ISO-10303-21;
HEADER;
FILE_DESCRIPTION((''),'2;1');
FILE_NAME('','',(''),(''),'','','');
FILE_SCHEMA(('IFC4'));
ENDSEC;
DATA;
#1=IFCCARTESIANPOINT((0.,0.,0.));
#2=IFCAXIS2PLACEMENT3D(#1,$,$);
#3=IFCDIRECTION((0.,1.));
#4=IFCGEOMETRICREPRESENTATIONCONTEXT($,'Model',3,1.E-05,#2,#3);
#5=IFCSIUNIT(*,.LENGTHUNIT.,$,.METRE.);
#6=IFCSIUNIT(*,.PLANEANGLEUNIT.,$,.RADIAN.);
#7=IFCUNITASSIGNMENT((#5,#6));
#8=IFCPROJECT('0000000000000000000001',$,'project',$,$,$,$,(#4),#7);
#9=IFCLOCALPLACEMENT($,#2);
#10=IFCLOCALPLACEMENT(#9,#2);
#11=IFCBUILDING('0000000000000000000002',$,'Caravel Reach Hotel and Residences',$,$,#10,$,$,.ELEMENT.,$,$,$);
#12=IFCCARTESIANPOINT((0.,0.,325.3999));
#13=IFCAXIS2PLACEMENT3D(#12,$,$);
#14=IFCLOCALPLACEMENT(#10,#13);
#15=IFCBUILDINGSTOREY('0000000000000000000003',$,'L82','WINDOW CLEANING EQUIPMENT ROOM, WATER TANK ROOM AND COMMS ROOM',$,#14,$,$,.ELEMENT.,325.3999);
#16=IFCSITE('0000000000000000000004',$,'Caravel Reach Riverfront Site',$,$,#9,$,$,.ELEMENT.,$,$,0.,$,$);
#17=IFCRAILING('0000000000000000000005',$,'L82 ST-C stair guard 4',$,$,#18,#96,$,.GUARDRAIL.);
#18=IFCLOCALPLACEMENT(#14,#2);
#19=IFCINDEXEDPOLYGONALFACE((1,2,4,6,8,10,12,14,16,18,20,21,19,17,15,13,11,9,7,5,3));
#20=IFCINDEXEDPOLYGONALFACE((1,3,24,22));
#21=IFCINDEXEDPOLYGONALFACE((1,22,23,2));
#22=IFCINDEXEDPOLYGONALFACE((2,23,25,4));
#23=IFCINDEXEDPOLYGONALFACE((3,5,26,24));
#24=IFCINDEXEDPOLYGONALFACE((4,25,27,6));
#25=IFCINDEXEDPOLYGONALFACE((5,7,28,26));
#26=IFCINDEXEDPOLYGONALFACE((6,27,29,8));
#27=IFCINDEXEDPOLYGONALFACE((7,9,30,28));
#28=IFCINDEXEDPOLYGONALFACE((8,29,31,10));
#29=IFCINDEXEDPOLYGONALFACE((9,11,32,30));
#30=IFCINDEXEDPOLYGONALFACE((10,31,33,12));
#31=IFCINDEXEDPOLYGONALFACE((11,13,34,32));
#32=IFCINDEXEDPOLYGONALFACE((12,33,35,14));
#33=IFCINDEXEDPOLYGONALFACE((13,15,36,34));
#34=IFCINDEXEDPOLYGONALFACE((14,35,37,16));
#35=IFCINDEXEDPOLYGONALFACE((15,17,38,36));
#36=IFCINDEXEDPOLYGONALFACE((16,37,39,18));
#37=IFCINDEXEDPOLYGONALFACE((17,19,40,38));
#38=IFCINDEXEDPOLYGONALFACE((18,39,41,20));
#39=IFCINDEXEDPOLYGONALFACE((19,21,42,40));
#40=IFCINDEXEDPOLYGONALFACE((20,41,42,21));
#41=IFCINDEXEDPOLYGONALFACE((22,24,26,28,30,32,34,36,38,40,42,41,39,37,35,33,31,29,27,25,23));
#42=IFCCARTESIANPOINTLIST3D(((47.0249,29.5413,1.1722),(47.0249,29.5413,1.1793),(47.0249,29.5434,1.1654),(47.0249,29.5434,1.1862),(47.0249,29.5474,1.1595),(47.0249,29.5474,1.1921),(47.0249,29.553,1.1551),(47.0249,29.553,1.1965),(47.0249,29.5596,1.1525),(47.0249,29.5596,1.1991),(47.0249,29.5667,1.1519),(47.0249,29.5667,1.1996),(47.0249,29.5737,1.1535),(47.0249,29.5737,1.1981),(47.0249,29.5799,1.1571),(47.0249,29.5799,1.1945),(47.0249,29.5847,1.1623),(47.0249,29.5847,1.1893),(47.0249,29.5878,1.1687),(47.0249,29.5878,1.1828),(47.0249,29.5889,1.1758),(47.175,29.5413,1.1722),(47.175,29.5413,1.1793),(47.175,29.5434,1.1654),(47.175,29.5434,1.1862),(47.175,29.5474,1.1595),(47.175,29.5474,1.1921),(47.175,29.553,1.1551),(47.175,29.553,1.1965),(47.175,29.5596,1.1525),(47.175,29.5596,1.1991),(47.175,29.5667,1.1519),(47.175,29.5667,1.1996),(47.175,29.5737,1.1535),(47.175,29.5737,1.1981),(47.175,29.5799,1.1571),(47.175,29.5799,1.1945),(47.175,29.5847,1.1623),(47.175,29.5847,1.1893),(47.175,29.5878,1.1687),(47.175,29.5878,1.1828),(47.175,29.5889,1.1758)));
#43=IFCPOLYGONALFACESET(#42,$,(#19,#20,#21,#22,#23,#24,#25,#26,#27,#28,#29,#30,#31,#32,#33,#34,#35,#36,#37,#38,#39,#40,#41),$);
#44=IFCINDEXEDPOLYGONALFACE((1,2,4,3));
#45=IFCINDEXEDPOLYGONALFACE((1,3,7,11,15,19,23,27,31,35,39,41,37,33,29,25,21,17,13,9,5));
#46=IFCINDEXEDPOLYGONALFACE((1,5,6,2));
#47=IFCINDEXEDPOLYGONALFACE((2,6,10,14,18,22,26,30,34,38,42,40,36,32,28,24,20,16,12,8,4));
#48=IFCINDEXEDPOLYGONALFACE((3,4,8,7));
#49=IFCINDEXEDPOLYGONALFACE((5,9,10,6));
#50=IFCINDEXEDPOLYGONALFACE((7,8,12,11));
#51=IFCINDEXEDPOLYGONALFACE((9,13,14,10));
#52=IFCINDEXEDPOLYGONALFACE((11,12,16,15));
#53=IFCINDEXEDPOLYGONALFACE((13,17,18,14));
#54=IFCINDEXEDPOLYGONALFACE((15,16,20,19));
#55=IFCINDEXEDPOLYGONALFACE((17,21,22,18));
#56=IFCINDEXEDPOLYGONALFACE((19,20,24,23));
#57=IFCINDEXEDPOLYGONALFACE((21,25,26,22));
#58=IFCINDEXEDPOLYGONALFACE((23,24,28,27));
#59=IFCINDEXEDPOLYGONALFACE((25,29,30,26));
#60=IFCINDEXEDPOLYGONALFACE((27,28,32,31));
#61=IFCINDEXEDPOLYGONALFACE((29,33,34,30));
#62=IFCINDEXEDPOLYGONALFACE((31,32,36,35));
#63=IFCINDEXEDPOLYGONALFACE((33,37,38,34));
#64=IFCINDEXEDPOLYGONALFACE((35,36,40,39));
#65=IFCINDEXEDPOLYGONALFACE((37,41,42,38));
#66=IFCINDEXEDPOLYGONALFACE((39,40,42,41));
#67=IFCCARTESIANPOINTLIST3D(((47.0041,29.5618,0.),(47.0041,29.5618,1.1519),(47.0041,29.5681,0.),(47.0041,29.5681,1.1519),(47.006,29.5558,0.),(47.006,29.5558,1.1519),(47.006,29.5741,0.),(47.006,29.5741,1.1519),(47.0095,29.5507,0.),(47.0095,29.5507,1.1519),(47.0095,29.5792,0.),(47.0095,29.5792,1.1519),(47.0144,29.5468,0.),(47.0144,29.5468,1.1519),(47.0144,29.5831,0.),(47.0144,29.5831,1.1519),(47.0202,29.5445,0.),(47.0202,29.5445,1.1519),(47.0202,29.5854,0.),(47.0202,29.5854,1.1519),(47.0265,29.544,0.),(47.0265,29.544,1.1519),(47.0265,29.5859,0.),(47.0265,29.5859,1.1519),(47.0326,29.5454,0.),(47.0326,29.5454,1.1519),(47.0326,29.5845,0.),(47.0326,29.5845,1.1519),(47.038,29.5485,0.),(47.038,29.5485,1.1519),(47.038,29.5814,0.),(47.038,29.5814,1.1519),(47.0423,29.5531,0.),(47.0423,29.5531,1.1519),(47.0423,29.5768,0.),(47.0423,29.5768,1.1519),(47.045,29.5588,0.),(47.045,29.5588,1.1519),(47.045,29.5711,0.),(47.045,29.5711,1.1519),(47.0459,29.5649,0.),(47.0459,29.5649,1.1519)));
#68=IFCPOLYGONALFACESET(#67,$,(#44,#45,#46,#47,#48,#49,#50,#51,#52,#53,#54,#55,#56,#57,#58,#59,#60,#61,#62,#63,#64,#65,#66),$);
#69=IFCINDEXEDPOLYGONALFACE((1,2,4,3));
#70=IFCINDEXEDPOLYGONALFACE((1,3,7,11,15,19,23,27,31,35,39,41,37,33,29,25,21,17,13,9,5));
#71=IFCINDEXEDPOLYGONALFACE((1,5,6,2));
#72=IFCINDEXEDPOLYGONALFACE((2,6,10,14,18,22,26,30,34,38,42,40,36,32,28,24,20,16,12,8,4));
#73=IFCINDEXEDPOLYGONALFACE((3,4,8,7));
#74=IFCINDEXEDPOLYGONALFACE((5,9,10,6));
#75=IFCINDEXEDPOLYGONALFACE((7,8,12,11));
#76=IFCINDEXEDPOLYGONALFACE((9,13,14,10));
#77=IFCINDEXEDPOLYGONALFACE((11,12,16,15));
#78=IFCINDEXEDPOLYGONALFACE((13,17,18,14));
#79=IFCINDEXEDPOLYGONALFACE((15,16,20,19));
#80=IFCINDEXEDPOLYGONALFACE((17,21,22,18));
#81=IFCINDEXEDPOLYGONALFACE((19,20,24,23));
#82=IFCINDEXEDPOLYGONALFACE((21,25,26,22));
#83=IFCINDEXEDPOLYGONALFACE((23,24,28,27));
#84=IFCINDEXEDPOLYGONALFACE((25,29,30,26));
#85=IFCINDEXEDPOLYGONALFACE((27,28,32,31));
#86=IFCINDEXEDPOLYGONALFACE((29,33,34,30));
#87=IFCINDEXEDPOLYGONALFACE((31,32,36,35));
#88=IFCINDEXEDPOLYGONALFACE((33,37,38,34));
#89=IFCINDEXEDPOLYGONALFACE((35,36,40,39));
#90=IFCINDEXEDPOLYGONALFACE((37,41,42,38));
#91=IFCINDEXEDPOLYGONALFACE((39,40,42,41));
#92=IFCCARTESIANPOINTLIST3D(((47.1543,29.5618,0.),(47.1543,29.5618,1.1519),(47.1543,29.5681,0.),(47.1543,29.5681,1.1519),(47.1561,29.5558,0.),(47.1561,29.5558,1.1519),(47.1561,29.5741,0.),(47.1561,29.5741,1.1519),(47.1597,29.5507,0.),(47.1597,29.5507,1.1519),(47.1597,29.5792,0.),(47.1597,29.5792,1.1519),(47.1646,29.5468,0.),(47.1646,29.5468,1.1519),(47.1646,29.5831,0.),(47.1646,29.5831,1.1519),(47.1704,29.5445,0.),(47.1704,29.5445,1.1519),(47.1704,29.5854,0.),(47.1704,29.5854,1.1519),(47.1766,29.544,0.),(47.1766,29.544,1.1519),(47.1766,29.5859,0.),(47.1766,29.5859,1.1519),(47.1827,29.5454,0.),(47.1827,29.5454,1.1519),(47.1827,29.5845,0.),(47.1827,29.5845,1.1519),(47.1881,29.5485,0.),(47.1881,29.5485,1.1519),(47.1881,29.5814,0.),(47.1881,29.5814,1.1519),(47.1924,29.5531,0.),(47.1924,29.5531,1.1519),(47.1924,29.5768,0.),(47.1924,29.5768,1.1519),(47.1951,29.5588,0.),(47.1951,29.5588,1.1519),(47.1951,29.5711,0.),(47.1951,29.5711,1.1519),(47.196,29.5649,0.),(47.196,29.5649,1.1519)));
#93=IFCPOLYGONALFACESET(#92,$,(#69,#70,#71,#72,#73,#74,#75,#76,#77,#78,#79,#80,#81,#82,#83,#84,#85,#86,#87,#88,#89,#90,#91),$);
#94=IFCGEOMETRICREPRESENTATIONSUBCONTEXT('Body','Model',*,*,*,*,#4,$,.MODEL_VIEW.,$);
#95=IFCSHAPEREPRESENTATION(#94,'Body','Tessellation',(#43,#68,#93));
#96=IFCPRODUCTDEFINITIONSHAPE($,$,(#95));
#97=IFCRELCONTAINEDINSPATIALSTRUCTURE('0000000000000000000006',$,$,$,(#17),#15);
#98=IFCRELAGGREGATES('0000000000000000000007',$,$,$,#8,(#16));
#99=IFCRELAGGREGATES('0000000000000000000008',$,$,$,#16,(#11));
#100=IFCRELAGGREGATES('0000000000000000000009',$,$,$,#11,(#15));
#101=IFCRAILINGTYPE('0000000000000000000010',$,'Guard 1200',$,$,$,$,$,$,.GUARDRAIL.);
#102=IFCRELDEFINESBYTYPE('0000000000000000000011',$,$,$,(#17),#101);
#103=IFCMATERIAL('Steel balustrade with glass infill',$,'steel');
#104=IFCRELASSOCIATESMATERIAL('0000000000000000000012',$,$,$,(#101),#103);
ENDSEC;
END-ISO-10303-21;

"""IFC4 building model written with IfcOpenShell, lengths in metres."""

from ifc_helpers import new_model, si_unit, direction, frame, origin, origin_2d, place, context, subcontext, project, spatial, circle, extrude, material, type_object, element, save


model = new_model("IFC4")

# Units and contexts
model_context = context("Model", 3, precision=1e-05, world=origin(), true_north=direction((0.0, 1.0)))
body_context = subcontext(model_context, "Body", "Model", "MODEL_VIEW")
ifc_project = project(units=[si_unit("LENGTHUNIT", "METRE"), si_unit("PLANEANGLEUNIT", "RADIAN")], contexts=[model_context])

# Site, building, storey
site_placement = place(None, origin())
site = spatial("IfcSite", under=ifc_project, at=site_placement, Name="Caravel Reach Riverfront Site", CompositionType="ELEMENT", RefElevation=0.0)
building_placement = place(site_placement, origin())
building = spatial("IfcBuilding", under=site, at=building_placement, Name="Caravel Reach Hotel and Residences", CompositionType="ELEMENT")
storey_placement = place(building_placement, frame((0.0, 0.0, 325.3999)))
storey = spatial("IfcBuildingStorey", under=building, at=storey_placement, Name="L82", Description="WINDOW CLEANING EQUIPMENT ROOM, WATER TANK ROOM AND COMMS ROOM", CompositionType="ELEMENT", Elevation=325.3999)

# Railing
ifc_material_1 = material(Name="Steel balustrade with glass infill", Category="steel")
railing_type_1 = type_object("IfcRailingType", Name="Guard 1200", PredefinedType="GUARDRAIL", material=ifc_material_1)
railing_1_placement = place(storey_placement, frame((47.0249, 29.5649, 0.0)))
element("IfcRailing", 1, at=railing_1_placement, inside=storey, type_object=railing_type_1, Name="L82 ST-C stair guard 4", PredefinedType="GUARDRAIL", context=body_context, shape_type="SweptSolid", body=[
    extrude(circle(Radius=0.0239, at=origin_2d()), frame((0.0, 0.0, 1.1758), z_axis=(1.0, 0.0, 0.0), x_axis=(0.0, 1.0, 0.0)), (0.0, 0.0, 1.0), 0.1501),
    extrude(circle(Radius=0.021, at=origin_2d()), origin(), (0.0, 0.0, 1.0), 1.1519),
    extrude(circle(Radius=0.021, at=origin_2d()), frame((0.1501, 0.0, 0.0)), (0.0, 0.0, 1.0), 1.1519),
])

save(model, "model.ifc")
